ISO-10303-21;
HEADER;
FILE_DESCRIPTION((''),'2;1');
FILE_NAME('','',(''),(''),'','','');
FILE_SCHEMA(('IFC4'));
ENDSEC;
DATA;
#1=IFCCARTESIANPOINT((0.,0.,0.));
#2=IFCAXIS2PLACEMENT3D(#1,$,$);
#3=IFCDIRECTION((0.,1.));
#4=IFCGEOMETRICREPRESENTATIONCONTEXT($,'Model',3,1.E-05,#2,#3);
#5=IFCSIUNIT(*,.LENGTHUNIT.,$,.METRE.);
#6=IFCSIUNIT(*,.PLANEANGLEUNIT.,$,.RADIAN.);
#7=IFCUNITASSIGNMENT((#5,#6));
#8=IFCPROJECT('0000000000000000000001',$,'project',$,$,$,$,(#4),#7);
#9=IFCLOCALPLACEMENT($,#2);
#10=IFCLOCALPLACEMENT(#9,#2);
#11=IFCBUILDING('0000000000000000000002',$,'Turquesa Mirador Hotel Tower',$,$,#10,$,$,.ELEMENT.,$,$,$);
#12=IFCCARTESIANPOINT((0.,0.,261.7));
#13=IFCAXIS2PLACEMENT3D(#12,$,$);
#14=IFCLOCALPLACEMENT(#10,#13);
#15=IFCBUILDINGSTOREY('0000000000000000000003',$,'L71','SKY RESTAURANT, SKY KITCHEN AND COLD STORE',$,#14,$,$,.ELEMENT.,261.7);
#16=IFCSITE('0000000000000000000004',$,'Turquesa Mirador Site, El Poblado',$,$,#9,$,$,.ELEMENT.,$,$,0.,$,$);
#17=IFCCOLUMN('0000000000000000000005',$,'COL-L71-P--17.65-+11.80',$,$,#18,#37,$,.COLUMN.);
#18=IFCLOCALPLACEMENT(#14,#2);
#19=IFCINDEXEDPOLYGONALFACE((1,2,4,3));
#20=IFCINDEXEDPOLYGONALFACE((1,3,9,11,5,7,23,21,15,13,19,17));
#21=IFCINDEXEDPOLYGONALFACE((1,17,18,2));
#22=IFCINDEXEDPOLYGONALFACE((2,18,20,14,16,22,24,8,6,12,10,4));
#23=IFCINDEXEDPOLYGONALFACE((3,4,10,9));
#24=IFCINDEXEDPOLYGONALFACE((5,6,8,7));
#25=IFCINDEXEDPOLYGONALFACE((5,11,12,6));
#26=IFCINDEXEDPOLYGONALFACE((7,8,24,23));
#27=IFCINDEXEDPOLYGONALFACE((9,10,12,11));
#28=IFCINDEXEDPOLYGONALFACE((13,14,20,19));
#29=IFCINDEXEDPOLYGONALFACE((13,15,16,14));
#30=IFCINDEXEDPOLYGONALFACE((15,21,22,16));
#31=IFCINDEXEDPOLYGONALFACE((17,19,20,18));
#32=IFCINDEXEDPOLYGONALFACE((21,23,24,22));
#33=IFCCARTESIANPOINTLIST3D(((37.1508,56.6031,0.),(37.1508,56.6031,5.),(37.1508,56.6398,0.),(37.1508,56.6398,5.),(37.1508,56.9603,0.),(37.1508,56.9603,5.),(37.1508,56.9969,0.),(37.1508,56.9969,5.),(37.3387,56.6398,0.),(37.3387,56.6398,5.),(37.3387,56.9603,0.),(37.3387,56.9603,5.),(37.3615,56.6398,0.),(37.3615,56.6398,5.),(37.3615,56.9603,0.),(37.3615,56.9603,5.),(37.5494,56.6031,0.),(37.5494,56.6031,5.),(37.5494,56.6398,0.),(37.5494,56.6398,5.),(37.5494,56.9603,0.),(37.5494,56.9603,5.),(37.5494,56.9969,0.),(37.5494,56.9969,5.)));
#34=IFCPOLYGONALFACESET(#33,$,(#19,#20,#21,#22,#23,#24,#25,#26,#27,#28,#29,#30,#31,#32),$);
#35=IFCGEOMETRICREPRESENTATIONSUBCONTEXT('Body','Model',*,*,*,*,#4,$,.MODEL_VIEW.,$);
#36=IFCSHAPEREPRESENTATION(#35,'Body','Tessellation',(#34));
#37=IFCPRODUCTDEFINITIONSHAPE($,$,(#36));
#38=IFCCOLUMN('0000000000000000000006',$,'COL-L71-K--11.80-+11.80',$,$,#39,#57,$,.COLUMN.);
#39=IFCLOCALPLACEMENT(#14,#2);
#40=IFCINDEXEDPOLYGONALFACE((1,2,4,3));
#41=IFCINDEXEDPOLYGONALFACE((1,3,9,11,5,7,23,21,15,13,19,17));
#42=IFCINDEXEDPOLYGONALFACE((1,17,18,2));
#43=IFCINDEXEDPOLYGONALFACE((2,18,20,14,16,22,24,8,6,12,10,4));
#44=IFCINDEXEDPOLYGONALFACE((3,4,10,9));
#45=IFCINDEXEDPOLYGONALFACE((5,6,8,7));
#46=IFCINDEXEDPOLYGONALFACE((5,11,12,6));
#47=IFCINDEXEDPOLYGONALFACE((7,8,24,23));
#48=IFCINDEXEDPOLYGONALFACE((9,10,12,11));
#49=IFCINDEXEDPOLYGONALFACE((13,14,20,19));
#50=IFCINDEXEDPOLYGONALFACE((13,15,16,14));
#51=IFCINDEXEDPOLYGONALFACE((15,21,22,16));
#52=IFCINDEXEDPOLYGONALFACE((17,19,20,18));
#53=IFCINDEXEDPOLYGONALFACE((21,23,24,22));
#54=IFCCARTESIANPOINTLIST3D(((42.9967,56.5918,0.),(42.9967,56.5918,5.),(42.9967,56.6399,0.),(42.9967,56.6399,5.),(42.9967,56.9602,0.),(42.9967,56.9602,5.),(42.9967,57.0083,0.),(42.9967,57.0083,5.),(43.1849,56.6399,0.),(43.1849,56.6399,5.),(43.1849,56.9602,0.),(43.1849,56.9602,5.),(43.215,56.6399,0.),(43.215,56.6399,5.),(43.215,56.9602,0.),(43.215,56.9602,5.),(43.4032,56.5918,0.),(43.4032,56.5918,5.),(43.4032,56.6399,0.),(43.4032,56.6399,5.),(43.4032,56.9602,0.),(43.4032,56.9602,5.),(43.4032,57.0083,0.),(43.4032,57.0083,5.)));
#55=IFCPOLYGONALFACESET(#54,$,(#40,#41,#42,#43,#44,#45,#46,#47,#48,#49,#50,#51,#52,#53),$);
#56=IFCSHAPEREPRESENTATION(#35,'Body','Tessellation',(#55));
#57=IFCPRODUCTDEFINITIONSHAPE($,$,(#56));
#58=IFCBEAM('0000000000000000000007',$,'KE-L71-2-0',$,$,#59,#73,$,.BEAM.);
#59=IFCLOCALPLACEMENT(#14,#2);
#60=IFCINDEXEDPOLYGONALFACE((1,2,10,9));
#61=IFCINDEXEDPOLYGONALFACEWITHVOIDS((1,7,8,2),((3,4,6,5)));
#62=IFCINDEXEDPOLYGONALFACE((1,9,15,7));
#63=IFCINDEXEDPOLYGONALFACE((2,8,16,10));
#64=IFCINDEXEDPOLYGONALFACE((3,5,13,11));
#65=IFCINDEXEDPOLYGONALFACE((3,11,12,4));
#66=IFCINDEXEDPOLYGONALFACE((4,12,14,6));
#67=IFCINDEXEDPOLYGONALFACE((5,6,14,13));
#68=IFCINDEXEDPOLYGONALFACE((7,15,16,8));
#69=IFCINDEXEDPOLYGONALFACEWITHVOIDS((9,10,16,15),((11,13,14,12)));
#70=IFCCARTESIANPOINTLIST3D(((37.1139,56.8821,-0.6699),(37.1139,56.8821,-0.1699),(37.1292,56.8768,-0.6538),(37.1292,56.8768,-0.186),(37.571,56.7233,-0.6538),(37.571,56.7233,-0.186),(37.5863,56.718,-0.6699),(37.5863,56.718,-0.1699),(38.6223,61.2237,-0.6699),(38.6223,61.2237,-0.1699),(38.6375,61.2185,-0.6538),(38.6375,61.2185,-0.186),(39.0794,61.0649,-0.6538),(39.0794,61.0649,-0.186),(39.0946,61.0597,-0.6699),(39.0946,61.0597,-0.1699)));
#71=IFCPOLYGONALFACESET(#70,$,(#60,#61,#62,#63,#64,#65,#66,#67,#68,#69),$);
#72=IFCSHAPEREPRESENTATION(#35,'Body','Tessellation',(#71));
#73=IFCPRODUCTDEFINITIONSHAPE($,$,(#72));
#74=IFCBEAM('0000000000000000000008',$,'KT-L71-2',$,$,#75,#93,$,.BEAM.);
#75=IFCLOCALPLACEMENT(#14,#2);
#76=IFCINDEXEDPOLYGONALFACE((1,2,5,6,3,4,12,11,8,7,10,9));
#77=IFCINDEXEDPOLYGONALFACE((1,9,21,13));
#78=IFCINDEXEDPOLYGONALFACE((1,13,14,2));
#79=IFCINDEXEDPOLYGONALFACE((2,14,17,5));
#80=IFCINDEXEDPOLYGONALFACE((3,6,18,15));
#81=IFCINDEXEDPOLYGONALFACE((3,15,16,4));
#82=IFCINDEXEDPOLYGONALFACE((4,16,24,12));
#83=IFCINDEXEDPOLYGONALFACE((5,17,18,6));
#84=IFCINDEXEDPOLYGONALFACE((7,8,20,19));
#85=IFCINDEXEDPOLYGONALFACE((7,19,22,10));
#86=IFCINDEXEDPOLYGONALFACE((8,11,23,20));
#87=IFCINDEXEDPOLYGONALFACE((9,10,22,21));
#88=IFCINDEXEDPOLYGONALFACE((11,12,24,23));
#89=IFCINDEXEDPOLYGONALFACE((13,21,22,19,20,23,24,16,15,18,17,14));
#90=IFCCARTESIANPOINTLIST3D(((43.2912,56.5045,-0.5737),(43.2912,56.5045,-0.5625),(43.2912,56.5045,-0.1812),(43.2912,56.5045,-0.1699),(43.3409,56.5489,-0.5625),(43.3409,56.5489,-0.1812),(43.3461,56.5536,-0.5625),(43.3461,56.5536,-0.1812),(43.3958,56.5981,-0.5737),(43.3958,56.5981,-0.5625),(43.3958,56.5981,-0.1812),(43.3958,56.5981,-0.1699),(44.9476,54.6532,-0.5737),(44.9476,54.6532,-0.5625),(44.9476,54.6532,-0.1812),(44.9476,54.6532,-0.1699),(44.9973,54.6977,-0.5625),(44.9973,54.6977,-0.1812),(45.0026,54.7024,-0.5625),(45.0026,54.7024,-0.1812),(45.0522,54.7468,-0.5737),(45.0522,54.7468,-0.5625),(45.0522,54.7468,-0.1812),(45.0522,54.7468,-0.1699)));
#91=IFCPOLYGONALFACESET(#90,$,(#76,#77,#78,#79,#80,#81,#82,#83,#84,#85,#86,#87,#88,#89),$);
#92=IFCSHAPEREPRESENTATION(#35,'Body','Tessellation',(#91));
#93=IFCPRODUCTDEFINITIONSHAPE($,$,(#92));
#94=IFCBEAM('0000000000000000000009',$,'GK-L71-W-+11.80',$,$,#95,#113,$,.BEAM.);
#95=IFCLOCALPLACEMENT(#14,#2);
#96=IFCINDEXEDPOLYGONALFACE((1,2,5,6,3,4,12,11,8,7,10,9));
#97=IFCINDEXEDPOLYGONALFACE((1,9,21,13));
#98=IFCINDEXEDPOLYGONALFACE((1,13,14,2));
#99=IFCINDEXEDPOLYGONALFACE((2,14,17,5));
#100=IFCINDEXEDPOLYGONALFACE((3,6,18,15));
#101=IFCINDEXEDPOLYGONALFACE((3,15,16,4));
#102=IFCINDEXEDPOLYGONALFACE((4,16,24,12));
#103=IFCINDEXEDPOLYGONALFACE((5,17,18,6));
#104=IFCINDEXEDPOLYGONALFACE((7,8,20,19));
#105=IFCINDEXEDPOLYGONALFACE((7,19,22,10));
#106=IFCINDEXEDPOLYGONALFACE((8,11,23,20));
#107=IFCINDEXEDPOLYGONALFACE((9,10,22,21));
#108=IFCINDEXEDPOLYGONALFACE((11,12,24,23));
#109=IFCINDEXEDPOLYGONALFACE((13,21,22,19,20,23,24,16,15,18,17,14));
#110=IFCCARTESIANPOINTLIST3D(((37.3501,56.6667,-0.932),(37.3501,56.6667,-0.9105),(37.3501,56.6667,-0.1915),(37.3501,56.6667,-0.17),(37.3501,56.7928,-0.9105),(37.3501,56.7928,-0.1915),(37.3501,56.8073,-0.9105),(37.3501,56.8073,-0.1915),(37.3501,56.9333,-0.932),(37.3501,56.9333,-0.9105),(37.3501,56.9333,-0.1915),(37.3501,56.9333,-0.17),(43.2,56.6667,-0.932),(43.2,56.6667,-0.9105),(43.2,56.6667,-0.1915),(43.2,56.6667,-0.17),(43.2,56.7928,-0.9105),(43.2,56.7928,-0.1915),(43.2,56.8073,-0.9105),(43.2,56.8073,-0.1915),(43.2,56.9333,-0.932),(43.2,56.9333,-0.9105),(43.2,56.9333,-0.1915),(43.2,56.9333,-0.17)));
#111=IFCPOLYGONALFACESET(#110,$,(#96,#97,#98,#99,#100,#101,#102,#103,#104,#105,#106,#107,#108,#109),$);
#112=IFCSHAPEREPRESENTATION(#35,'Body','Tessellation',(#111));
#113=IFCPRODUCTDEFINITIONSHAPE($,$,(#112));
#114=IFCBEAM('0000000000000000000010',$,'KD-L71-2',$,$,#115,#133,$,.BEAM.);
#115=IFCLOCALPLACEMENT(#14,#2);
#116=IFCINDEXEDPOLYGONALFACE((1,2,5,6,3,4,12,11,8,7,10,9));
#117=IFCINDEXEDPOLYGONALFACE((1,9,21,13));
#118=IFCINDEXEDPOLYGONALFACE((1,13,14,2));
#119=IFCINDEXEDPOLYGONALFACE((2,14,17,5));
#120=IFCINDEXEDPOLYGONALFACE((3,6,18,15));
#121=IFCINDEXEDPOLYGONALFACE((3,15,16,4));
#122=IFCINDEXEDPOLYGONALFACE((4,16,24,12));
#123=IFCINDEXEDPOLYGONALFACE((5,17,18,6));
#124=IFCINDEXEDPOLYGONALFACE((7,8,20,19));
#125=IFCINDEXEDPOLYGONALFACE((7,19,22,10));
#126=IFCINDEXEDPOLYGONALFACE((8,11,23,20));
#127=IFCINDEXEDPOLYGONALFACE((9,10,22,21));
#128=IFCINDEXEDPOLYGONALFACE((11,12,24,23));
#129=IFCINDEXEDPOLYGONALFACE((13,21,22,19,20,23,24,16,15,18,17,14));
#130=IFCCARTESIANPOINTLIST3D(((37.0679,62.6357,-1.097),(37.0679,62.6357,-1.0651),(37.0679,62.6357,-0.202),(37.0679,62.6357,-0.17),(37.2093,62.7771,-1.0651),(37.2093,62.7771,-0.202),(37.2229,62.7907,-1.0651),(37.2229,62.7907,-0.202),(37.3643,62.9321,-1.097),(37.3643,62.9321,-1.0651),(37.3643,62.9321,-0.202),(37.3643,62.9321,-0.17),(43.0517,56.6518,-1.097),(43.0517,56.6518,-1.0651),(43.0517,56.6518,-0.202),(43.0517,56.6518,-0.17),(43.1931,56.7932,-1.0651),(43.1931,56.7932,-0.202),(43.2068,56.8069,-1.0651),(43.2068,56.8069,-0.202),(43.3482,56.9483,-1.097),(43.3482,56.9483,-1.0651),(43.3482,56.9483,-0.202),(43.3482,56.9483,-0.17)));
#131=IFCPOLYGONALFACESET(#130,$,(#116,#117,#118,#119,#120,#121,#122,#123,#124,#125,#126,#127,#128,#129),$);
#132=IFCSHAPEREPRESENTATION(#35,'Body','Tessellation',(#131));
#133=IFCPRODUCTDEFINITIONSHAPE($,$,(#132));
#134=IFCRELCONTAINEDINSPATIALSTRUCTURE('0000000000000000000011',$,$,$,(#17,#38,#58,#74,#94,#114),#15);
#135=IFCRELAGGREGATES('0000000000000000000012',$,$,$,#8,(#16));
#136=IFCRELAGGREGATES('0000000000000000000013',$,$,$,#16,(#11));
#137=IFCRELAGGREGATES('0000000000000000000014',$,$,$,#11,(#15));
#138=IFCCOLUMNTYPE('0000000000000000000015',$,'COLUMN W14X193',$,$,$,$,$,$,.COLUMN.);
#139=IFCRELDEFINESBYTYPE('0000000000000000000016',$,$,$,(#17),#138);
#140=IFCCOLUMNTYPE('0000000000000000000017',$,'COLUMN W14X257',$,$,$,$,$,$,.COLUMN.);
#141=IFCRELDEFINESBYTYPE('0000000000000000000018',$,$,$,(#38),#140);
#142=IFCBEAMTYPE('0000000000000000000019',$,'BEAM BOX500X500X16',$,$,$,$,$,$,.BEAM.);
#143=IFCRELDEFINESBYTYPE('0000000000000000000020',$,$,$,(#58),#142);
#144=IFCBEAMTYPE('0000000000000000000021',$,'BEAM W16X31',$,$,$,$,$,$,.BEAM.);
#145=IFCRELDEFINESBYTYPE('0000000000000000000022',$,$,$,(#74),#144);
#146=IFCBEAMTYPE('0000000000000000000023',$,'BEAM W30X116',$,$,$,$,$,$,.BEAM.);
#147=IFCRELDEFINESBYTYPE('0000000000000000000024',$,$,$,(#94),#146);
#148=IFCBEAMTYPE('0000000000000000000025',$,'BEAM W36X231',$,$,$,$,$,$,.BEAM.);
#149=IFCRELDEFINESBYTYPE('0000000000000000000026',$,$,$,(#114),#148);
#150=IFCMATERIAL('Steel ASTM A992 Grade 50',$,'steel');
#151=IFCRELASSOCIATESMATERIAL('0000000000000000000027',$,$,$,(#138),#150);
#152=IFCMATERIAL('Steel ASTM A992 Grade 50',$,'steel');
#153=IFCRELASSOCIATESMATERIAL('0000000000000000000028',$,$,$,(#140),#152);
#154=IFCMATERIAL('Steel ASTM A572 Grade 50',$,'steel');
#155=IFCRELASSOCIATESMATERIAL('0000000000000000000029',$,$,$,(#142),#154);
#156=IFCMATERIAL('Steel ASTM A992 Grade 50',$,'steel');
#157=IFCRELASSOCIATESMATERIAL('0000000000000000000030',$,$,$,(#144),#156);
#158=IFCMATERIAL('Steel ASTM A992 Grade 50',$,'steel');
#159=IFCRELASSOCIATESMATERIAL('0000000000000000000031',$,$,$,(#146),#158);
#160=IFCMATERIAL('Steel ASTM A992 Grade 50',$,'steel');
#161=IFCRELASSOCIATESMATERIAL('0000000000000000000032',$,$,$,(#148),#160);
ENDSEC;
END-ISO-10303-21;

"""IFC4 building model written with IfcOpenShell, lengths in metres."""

from ifc_helpers import new_model, si_unit, direction, frame, origin, origin_2d, place, context, subcontext, project, spatial, hollow_rectangle, i_section, extrude, material, material_profile, profile_set, type_object, element, save


model = new_model("IFC4")

# Units and contexts
model_context = context("Model", 3, precision=1e-05, world=origin(), true_north=direction((0.0, 1.0)))
body_context = subcontext(model_context, "Body", "Model", "MODEL_VIEW")
ifc_project = project(units=[si_unit("LENGTHUNIT", "METRE"), si_unit("PLANEANGLEUNIT", "RADIAN")], contexts=[model_context])

# Site, building, storey
site_placement = place(None, origin())
site = spatial("IfcSite", under=ifc_project, at=site_placement, Name="Turquesa Mirador Site, El Poblado", CompositionType="ELEMENT", RefElevation=0.0)
building_placement = place(site_placement, origin())
building = spatial("IfcBuilding", under=site, at=building_placement, Name="Turquesa Mirador Hotel Tower", CompositionType="ELEMENT")
storey_placement = place(building_placement, frame((0.0, 0.0, 261.7)))
storey = spatial("IfcBuildingStorey", under=building, at=storey_placement, Name="L71", Description="SKY RESTAURANT, SKY KITCHEN AND COLD STORE", CompositionType="ELEMENT", Elevation=261.7)

# Columns
ifc_material_1 = material(Name="Steel ASTM A992 Grade 50", Category="steel")
ifc_material_profile_1 = material_profile(ifc_material_1, i_section(OverallWidth=0.3987, OverallDepth=0.3938, WebThickness=0.0227, FlangeThickness=0.0366, at=origin_2d()), Name="W14X193")
ifc_profile_set_1 = profile_set([ifc_material_profile_1], Name="Steel ASTM A992 Grade 50")
column_type_1 = type_object("IfcColumnType", Name="COLUMN W14X193", PredefinedType="COLUMN", material=ifc_profile_set_1)
column_1_placement = place(storey_placement, frame((37.3501, 56.8, 0.0), z_axis=(0.0, 0.0, 1.0), x_axis=(1.0, 0.0, 0.0)))
element("IfcColumn", 1, at=column_1_placement, inside=storey, type_object=column_type_1, Name="COL-L71-P--17.65-+11.80", PredefinedType="COLUMN", context=body_context, shape_type="SweptSolid", body=[
    extrude(i_section(OverallWidth=0.3987, OverallDepth=0.3938, WebThickness=0.0227, FlangeThickness=0.0366, at=origin_2d()), origin(), (0.0, 0.0, 1.0), 5.0),
])
ifc_material_2 = material(Name="Steel ASTM A992 Grade 50", Category="steel")
ifc_material_profile_2 = material_profile(ifc_material_2, i_section(OverallWidth=0.4065, OverallDepth=0.4165, WebThickness=0.03, FlangeThickness=0.0481, at=origin_2d()), Name="W14X257")
ifc_profile_set_2 = profile_set([ifc_material_profile_2], Name="Steel ASTM A992 Grade 50")
column_type_2 = type_object("IfcColumnType", Name="COLUMN W14X257", PredefinedType="COLUMN", material=ifc_profile_set_2)
column_2_placement = place(storey_placement, frame((43.2, 56.8, 0.0), z_axis=(0.0, 0.0, 1.0), x_axis=(1.0, 0.0, 0.0)))
element("IfcColumn", 2, at=column_2_placement, inside=storey, type_object=column_type_2, Name="COL-L71-K--11.80-+11.80", PredefinedType="COLUMN", context=body_context, shape_type="SweptSolid", body=[
    extrude(i_section(OverallWidth=0.4065, OverallDepth=0.4165, WebThickness=0.03, FlangeThickness=0.0481, at=origin_2d()), origin(), (0.0, 0.0, 1.0), 5.0),
])

# Beams
ifc_material_3 = material(Name="Steel ASTM A572 Grade 50", Category="steel")
ifc_material_profile_3 = material_profile(ifc_material_3, hollow_rectangle(XDim=0.5, YDim=0.5, WallThickness=0.0161, at=origin_2d()), Name="BOX500X500X16")
ifc_profile_set_3 = profile_set([ifc_material_profile_3], Name="Steel ASTM A572 Grade 50")
beam_type_1 = type_object("IfcBeamType", Name="BEAM BOX500X500X16", PredefinedType="BEAM", material=ifc_profile_set_3)
beam_1_placement = place(storey_placement, frame((37.3501, 56.8, -0.4199), z_axis=(0.32817, 0.944619, 0.0), x_axis=(-0.944619, 0.32817, 0.0)))
element("IfcBeam", 3, at=beam_1_placement, inside=storey, type_object=beam_type_1, Name="KE-L71-2-0", PredefinedType="BEAM", context=body_context, shape_type="SweptSolid", body=[
    extrude(hollow_rectangle(XDim=0.5, YDim=0.5, WallThickness=0.0161, at=origin_2d()), origin(), (0.0, 0.0, 1.0), 4.5962),
])
ifc_material_4 = material(Name="Steel ASTM A992 Grade 50", Category="steel")
ifc_material_profile_4 = material_profile(ifc_material_4, i_section(OverallWidth=0.1404, OverallDepth=0.4038, WebThickness=0.0071, FlangeThickness=0.0112, at=origin_2d()), Name="W16X31")
ifc_profile_set_4 = profile_set([ifc_material_profile_4], Name="Steel ASTM A992 Grade 50")
beam_type_2 = type_object("IfcBeamType", Name="BEAM W16X31", PredefinedType="BEAM", material=ifc_profile_set_4)
beam_2_placement = place(storey_placement, frame((43.3435, 56.5513, -0.3718), z_axis=(0.666806, -0.745231, 0.0), x_axis=(0.745231, 0.666806, 0.0)))
element("IfcBeam", 4, at=beam_2_placement, inside=storey, type_object=beam_type_2, Name="KT-L71-2", PredefinedType="BEAM", context=body_context, shape_type="SweptSolid", body=[
    extrude(i_section(OverallWidth=0.1404, OverallDepth=0.4038, WebThickness=0.0071, FlangeThickness=0.0112, at=origin_2d()), origin(), (0.0, 0.0, 1.0), 2.4841),
])
ifc_material_5 = material(Name="Steel ASTM A992 Grade 50", Category="steel")
ifc_material_profile_5 = material_profile(ifc_material_5, i_section(OverallWidth=0.2666, OverallDepth=0.762, WebThickness=0.0144, FlangeThickness=0.0215, at=origin_2d()), Name="W30X116")
ifc_profile_set_5 = profile_set([ifc_material_profile_5], Name="Steel ASTM A992 Grade 50")
beam_type_3 = type_object("IfcBeamType", Name="BEAM W30X116", PredefinedType="BEAM", material=ifc_profile_set_5)
beam_3_placement = place(storey_placement, frame((37.3501, 56.8, -0.551), z_axis=(1.0, 0.0, 0.0), x_axis=(0.0, 1.0, 0.0)))
element("IfcBeam", 5, at=beam_3_placement, inside=storey, type_object=beam_type_3, Name="GK-L71-W-+11.80", PredefinedType="BEAM", context=body_context, shape_type="SweptSolid", body=[
    extrude(i_section(OverallWidth=0.2666, OverallDepth=0.762, WebThickness=0.0144, FlangeThickness=0.0215, at=origin_2d()), origin(), (0.0, 0.0, 1.0), 5.8499),
])
ifc_material_6 = material(Name="Steel ASTM A992 Grade 50", Category="steel")
ifc_material_profile_6 = material_profile(ifc_material_6, i_section(OverallWidth=0.4192, OverallDepth=0.927, WebThickness=0.0193, FlangeThickness=0.032, at=origin_2d()), Name="W36X231")
ifc_profile_set_6 = profile_set([ifc_material_profile_6], Name="Steel ASTM A992 Grade 50")
beam_type_4 = type_object("IfcBeamType", Name="BEAM W36X231", PredefinedType="BEAM", material=ifc_profile_set_6)
beam_4_placement = place(storey_placement, frame((43.2, 56.8, -0.6335), z_axis=(-0.707107, 0.707107, 0.0), x_axis=(-0.707107, -0.707107, 0.0)))
element("IfcBeam", 6, at=beam_4_placement, inside=storey, type_object=beam_type_4, Name="KD-L71-2", PredefinedType="BEAM", context=body_context, shape_type="SweptSolid", body=[
    extrude(i_section(OverallWidth=0.4192, OverallDepth=0.927, WebThickness=0.0193, FlangeThickness=0.032, at=origin_2d()), origin(), (0.0, 0.0, 1.0), 8.4624),
])

save(model, "model.ifc")
